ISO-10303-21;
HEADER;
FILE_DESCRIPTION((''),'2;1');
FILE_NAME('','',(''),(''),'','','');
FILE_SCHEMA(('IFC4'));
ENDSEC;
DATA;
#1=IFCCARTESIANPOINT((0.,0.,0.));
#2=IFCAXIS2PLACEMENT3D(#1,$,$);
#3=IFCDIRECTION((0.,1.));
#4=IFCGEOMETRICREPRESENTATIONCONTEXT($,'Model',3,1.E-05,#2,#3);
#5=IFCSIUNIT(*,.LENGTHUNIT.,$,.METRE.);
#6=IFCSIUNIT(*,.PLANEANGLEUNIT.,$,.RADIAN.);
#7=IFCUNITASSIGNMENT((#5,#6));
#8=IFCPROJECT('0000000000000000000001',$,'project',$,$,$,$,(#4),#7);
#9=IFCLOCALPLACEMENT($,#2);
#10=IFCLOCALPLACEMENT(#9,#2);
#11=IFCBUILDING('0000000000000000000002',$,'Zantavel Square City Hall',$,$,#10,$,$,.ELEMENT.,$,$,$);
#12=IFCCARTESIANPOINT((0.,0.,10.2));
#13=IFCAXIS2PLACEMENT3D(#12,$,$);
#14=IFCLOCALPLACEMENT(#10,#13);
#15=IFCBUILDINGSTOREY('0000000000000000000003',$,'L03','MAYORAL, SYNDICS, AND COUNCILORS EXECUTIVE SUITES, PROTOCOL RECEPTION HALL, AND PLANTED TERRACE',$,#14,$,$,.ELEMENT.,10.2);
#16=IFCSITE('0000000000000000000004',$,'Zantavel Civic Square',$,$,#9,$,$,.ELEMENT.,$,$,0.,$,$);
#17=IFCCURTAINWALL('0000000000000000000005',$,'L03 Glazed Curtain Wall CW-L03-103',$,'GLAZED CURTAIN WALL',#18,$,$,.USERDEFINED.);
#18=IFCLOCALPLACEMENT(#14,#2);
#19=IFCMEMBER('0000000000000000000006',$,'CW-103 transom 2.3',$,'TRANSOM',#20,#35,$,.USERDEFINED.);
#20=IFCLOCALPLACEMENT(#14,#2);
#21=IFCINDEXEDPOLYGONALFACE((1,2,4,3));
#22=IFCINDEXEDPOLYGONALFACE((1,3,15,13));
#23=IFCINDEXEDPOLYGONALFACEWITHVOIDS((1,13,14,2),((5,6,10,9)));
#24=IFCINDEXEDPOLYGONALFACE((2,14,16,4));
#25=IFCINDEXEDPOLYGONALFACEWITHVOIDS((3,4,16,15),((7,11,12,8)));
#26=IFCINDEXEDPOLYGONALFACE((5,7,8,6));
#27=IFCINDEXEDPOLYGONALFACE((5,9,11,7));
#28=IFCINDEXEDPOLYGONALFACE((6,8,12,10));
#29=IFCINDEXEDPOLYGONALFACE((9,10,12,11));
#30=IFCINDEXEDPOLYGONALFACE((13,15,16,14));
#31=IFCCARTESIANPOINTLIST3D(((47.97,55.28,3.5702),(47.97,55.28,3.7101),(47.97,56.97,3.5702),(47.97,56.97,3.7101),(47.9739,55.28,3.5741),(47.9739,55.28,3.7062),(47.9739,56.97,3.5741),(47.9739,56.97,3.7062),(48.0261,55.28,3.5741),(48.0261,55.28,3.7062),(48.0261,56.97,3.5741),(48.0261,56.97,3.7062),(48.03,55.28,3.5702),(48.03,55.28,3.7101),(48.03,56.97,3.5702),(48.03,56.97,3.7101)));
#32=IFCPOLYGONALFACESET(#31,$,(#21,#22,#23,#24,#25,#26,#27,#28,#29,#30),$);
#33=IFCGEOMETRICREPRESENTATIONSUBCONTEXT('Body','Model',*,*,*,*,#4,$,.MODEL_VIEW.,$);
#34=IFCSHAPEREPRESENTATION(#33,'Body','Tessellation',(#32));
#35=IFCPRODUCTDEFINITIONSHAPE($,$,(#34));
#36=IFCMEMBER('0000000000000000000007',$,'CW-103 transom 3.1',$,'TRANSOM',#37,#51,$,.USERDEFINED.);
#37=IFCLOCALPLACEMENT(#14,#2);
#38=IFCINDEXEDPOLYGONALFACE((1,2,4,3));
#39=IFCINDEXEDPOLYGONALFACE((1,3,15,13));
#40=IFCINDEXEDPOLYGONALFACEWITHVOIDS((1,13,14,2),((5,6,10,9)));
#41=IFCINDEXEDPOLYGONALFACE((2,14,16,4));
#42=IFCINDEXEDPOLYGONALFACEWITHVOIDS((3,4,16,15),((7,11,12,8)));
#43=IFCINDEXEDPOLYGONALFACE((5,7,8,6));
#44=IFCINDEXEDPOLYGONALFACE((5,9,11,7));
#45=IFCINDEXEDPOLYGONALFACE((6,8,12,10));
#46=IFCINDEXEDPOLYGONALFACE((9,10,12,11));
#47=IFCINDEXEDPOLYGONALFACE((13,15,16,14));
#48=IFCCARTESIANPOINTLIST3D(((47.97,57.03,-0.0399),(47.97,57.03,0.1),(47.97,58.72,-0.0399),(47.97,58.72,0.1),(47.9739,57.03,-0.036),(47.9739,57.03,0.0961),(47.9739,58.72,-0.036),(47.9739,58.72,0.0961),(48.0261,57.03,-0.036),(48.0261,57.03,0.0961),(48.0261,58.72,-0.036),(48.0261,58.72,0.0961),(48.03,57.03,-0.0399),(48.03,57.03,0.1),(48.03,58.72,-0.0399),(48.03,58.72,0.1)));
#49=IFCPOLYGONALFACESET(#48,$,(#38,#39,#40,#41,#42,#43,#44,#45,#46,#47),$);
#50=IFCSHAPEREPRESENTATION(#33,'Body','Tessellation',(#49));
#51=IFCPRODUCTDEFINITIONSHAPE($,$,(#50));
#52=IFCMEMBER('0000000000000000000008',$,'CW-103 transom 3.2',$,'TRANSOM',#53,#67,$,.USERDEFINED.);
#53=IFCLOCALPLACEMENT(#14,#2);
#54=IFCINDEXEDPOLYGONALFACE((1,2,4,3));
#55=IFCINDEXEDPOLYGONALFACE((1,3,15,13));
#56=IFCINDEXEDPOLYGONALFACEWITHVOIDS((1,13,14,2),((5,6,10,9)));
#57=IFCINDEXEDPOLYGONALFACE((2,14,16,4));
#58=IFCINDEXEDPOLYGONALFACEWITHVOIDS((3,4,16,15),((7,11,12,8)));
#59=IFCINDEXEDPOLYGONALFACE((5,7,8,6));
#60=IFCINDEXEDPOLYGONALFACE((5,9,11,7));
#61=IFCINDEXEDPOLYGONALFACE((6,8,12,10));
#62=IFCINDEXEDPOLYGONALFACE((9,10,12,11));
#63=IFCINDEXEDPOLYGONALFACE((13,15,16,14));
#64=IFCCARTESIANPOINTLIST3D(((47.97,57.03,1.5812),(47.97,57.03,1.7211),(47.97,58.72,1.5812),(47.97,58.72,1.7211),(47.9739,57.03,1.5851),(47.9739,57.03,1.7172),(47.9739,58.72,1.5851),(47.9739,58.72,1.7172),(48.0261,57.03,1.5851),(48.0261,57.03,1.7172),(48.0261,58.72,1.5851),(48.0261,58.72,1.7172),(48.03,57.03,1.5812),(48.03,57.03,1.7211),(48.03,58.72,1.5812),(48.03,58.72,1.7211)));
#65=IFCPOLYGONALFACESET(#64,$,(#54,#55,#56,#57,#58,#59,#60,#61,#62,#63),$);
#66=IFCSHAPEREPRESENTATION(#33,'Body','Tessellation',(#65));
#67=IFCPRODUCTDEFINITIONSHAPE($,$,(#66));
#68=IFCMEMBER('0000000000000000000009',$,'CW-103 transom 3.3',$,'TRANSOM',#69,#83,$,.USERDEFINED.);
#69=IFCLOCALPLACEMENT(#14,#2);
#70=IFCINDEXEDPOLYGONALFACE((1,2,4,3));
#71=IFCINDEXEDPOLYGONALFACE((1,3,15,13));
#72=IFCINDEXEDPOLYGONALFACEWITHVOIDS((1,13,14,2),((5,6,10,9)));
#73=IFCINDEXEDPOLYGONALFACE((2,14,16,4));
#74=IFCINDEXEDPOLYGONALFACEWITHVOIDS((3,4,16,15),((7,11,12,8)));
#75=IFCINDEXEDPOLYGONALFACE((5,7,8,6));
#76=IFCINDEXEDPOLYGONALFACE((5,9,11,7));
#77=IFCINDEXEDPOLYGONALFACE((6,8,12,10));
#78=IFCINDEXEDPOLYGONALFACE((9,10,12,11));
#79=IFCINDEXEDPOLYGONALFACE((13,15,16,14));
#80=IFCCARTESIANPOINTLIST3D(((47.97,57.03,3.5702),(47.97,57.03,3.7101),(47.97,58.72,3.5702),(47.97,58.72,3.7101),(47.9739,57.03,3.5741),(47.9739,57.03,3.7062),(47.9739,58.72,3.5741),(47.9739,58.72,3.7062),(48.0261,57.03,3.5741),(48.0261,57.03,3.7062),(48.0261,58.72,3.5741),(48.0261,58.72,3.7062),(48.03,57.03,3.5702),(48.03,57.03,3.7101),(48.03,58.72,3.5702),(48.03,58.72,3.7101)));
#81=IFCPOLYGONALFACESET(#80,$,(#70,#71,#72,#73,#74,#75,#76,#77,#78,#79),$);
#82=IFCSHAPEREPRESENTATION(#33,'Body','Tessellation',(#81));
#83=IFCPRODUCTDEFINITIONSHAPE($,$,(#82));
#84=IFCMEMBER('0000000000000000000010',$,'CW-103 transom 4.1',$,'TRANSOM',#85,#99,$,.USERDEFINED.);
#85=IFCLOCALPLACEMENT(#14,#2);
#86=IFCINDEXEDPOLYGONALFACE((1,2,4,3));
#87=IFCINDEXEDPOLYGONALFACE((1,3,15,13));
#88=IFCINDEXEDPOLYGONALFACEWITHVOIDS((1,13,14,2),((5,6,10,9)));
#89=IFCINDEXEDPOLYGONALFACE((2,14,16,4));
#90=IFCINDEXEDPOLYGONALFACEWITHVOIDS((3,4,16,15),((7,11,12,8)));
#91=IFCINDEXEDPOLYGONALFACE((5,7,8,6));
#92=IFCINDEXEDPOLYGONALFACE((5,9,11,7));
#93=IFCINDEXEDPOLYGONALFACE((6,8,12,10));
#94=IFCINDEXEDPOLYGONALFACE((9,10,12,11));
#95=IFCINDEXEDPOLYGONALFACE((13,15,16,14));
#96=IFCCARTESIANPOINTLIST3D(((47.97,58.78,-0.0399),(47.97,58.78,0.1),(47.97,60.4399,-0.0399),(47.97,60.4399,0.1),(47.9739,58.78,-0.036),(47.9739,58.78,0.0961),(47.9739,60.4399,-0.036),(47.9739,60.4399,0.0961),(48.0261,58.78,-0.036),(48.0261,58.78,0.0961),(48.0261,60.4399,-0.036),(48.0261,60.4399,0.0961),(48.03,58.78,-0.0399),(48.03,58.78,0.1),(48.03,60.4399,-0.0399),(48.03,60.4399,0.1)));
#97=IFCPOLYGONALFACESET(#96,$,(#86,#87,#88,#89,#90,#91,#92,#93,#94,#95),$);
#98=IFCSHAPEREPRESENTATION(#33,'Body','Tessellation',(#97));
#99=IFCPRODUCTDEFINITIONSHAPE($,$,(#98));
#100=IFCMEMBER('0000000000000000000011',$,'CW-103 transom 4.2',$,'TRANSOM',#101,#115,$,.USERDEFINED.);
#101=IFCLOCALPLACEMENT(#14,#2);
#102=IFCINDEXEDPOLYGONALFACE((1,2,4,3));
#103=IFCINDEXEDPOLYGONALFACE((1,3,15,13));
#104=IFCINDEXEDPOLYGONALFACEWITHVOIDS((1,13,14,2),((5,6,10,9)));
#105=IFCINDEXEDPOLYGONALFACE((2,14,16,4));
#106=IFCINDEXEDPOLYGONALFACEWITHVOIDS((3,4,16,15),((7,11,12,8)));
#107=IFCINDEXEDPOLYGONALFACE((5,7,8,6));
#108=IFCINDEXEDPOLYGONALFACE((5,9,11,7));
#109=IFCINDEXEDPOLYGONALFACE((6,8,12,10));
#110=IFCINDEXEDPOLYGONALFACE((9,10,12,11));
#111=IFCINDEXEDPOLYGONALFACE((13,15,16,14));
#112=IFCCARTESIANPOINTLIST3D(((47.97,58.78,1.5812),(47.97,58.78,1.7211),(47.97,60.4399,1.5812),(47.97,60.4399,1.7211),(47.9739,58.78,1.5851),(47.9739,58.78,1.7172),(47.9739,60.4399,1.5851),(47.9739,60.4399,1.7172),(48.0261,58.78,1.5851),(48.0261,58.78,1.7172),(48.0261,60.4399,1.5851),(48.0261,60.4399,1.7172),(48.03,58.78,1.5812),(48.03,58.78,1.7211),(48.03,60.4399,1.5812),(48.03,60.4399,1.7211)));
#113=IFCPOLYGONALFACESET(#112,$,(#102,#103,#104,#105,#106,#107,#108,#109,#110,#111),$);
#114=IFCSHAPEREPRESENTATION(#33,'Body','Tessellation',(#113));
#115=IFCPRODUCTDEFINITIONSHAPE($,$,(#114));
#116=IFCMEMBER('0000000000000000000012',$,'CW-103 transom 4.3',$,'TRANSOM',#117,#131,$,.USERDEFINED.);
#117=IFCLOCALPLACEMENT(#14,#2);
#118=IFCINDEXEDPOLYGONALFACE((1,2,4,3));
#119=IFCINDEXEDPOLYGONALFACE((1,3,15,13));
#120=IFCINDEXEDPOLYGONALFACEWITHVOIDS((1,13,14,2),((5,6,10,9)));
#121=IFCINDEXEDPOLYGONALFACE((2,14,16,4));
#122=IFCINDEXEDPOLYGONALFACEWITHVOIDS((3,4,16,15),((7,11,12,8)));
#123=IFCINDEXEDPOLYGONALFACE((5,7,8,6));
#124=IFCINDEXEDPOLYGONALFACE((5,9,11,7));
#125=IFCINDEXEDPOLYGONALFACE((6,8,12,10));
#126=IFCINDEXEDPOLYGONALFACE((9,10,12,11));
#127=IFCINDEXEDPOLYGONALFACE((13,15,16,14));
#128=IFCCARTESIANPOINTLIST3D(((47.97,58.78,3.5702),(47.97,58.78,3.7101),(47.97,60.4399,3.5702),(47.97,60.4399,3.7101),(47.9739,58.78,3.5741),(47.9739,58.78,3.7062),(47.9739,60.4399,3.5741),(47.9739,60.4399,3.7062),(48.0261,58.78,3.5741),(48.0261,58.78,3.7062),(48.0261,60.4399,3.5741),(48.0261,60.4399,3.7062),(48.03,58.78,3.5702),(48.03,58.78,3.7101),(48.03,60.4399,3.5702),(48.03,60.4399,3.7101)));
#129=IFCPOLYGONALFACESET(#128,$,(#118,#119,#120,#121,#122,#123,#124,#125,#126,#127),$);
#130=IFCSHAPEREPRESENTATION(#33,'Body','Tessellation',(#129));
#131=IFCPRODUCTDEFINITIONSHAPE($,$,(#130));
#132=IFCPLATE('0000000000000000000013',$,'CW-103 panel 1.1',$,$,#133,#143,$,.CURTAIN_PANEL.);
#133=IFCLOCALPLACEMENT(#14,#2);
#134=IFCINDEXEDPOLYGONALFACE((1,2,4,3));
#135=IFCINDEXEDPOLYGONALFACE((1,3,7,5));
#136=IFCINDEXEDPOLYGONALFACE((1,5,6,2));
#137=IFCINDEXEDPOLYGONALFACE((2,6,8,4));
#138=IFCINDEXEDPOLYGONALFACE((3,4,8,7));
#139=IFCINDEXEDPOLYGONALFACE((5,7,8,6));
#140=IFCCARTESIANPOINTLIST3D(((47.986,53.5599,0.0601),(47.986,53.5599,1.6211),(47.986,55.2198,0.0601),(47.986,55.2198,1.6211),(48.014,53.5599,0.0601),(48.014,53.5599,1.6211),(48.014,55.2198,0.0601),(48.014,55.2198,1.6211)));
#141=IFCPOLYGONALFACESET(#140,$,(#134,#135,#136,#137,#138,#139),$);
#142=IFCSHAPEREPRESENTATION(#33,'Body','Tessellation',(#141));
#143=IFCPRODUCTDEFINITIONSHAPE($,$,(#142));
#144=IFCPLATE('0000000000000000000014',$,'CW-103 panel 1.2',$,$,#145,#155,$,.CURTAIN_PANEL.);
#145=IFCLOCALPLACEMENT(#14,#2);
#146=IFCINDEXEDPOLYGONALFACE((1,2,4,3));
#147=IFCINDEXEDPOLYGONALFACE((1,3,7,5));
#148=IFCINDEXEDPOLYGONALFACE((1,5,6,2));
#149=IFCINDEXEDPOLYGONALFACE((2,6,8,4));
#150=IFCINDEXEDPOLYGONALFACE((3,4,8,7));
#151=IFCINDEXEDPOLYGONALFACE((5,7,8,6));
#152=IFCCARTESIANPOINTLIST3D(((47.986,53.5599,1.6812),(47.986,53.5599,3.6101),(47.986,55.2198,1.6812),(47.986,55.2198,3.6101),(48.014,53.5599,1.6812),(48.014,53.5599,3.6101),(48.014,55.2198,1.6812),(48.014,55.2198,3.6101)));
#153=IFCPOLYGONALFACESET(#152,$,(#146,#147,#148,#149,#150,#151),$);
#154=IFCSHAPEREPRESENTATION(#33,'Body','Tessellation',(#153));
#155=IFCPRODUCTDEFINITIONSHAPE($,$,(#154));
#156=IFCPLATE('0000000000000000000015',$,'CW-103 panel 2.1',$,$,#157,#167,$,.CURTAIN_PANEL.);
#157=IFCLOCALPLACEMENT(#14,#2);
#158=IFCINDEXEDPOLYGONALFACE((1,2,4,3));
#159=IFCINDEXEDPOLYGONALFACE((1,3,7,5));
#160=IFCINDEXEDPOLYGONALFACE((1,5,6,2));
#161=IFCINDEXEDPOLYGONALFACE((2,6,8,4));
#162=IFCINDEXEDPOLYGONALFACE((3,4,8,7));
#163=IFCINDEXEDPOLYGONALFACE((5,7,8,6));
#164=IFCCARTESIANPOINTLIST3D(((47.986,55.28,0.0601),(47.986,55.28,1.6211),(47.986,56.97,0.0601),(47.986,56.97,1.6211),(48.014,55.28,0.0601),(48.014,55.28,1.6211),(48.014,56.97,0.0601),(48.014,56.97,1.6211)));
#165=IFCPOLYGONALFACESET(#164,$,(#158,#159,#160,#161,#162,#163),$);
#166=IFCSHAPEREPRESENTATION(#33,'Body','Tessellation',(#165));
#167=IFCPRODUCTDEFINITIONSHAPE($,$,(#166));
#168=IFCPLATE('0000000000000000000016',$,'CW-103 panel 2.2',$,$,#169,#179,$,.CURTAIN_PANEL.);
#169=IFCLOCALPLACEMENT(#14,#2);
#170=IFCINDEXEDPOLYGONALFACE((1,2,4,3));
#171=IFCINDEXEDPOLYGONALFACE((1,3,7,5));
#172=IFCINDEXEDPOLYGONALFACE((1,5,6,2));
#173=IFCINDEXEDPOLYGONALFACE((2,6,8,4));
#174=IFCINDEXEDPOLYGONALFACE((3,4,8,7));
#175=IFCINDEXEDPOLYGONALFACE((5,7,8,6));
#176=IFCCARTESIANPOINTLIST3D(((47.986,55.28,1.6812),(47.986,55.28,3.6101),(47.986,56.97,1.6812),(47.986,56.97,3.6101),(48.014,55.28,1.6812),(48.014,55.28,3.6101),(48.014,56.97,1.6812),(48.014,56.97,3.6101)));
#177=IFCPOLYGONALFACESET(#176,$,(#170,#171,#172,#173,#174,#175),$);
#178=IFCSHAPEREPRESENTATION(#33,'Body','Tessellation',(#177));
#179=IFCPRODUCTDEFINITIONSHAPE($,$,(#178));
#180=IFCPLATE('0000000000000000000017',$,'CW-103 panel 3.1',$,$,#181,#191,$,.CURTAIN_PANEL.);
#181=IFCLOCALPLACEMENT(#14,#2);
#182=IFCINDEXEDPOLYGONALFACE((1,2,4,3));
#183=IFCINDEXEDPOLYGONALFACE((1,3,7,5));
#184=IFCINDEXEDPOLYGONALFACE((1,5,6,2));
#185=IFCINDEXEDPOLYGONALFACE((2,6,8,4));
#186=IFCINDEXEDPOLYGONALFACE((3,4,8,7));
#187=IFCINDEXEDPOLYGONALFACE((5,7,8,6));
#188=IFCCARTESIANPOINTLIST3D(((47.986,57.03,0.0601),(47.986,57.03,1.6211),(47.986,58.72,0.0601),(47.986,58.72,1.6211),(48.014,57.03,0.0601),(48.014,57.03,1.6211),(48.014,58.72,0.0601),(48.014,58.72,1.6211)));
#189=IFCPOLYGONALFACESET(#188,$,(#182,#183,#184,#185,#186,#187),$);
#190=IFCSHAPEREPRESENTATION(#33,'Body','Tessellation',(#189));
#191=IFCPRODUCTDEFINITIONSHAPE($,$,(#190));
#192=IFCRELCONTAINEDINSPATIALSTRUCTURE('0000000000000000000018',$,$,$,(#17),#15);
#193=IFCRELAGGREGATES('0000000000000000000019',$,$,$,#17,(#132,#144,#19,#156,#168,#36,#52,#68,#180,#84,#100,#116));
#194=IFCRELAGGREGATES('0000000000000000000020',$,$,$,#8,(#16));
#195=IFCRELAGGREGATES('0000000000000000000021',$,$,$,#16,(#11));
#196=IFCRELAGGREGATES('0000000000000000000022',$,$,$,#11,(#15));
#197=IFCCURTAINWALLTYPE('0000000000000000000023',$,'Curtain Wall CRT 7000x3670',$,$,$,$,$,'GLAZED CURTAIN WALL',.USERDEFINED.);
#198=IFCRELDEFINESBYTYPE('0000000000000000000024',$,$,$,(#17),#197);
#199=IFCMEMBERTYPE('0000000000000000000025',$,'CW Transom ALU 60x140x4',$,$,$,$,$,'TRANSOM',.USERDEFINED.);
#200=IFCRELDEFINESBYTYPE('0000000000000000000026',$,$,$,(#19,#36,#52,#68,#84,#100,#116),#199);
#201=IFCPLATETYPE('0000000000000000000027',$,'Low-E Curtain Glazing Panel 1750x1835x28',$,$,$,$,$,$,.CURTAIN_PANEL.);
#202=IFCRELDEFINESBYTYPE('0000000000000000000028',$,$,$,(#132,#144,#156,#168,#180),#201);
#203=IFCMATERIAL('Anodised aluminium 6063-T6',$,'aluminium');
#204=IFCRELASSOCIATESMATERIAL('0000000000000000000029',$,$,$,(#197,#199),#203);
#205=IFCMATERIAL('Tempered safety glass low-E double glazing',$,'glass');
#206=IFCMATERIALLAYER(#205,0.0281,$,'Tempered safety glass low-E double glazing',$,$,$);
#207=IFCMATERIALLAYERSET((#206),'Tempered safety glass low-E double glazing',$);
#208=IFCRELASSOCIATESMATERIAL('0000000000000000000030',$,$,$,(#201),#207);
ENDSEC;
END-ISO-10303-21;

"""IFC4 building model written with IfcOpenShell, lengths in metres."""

from ifc_helpers import new_model, si_unit, direction, frame, origin, origin_2d, place, context, subcontext, project, spatial, rectangle, hollow_rectangle, extrude, material, layer, layer_set, material_profile, profile_set, type_object, element, aggregate, save


model = new_model("IFC4")

# Units and contexts
model_context = context("Model", 3, precision=1e-05, world=origin(), true_north=direction((0.0, 1.0)))
body_context = subcontext(model_context, "Body", "Model", "MODEL_VIEW")
ifc_project = project(units=[si_unit("LENGTHUNIT", "METRE"), si_unit("PLANEANGLEUNIT", "RADIAN")], contexts=[model_context])

# Site, building, storey
site_placement = place(None, origin())
site = spatial("IfcSite", under=ifc_project, at=site_placement, Name="Zantavel Civic Square", CompositionType="ELEMENT", RefElevation=0.0)
building_placement = place(site_placement, origin())
building = spatial("IfcBuilding", under=site, at=building_placement, Name="Zantavel Square City Hall", CompositionType="ELEMENT")
storey_placement = place(building_placement, frame((0.0, 0.0, 10.2)))
storey = spatial("IfcBuildingStorey", under=building, at=storey_placement, Name="L03", Description="MAYORAL, SYNDICS, AND COUNCILORS EXECUTIVE SUITES, PROTOCOL RECEPTION HALL, AND PLANTED TERRACE", CompositionType="ELEMENT", Elevation=10.2)

# Curtain wall, members, plates
ifc_material_1 = material(Name="Anodised aluminium 6063-T6", Category="aluminium")
curtain_wall_type = type_object("IfcCurtainWallType", Name="Curtain Wall CRT 7000x3670", ElementType="GLAZED CURTAIN WALL", PredefinedType="USERDEFINED", material=ifc_material_1)
curtain_wall_placement = place(storey_placement, origin())
curtain_wall = element("IfcCurtainWall", 1, at=curtain_wall_placement, inside=storey, type_object=curtain_wall_type, Name="L03 Glazed Curtain Wall CW-L03-103", ObjectType="GLAZED CURTAIN WALL", PredefinedType="USERDEFINED")
ifc_material_profile_1 = material_profile(ifc_material_1, hollow_rectangle(XDim=0.0601, YDim=0.1399, WallThickness=0.0039, at=origin_2d()), Name="ALU 60x140x4")
ifc_profile_set_1 = profile_set([ifc_material_profile_1], Name="Anodised aluminium 6063-T6")
member_type_1 = type_object("IfcMemberType", Name="CW Transom ALU 60x140x4", ElementType="TRANSOM", PredefinedType="USERDEFINED", material=ifc_profile_set_1)
member_1_placement = place(storey_placement, frame((48.0, 55.28, 3.6401), z_axis=(0.0, 1.0, 0.0), x_axis=(-1.0, 0.0, 0.0)))
member_1 = element("IfcMember", 2, at=member_1_placement, type_object=member_type_1, Name="CW-103 transom 2.3", ObjectType="TRANSOM", PredefinedType="USERDEFINED", context=body_context, shape_type="SweptSolid", body=[
    extrude(hollow_rectangle(XDim=0.0601, YDim=0.1399, WallThickness=0.0039, at=origin_2d()), origin(), (0.0, 0.0, 1.0), 1.6899),
])
member_2_placement = place(storey_placement, frame((48.0, 57.03, 0.03), z_axis=(0.0, 1.0, 0.0), x_axis=(-1.0, 0.0, 0.0)))
member_2 = element("IfcMember", 3, at=member_2_placement, type_object=member_type_1, Name="CW-103 transom 3.1", ObjectType="TRANSOM", PredefinedType="USERDEFINED", context=body_context, shape_type="SweptSolid", body=[
    extrude(hollow_rectangle(XDim=0.0601, YDim=0.1399, WallThickness=0.0039, at=origin_2d()), origin(), (0.0, 0.0, 1.0), 1.6899),
])
member_3_placement = place(storey_placement, frame((48.0, 57.03, 1.6511), z_axis=(0.0, 1.0, 0.0), x_axis=(-1.0, 0.0, 0.0)))
member_3 = element("IfcMember", 4, at=member_3_placement, type_object=member_type_1, Name="CW-103 transom 3.2", ObjectType="TRANSOM", PredefinedType="USERDEFINED", context=body_context, shape_type="SweptSolid", body=[
    extrude(hollow_rectangle(XDim=0.0601, YDim=0.1399, WallThickness=0.0039, at=origin_2d()), origin(), (0.0, 0.0, 1.0), 1.6899),
])
member_4_placement = place(storey_placement, frame((48.0, 57.03, 3.6401), z_axis=(0.0, 1.0, 0.0), x_axis=(-1.0, 0.0, 0.0)))
member_4 = element("IfcMember", 5, at=member_4_placement, type_object=member_type_1, Name="CW-103 transom 3.3", ObjectType="TRANSOM", PredefinedType="USERDEFINED", context=body_context, shape_type="SweptSolid", body=[
    extrude(hollow_rectangle(XDim=0.0601, YDim=0.1399, WallThickness=0.0039, at=origin_2d()), origin(), (0.0, 0.0, 1.0), 1.6899),
])
member_5_placement = place(storey_placement, frame((48.0, 58.78, 0.03), z_axis=(0.0, 1.0, 0.0), x_axis=(-1.0, 0.0, 0.0)))
member_5 = element("IfcMember", 6, at=member_5_placement, type_object=member_type_1, Name="CW-103 transom 4.1", ObjectType="TRANSOM", PredefinedType="USERDEFINED", context=body_context, shape_type="SweptSolid", body=[
    extrude(hollow_rectangle(XDim=0.0601, YDim=0.1399, WallThickness=0.0039, at=origin_2d()), origin(), (0.0, 0.0, 1.0), 1.6599),
])
member_6_placement = place(storey_placement, frame((48.0, 58.78, 1.6511), z_axis=(0.0, 1.0, 0.0), x_axis=(-1.0, 0.0, 0.0)))
member_6 = element("IfcMember", 7, at=member_6_placement, type_object=member_type_1, Name="CW-103 transom 4.2", ObjectType="TRANSOM", PredefinedType="USERDEFINED", context=body_context, shape_type="SweptSolid", body=[
    extrude(hollow_rectangle(XDim=0.0601, YDim=0.1399, WallThickness=0.0039, at=origin_2d()), origin(), (0.0, 0.0, 1.0), 1.6599),
])
member_7_placement = place(storey_placement, frame((48.0, 58.78, 3.6401), z_axis=(0.0, 1.0, 0.0), x_axis=(-1.0, 0.0, 0.0)))
member_7 = element("IfcMember", 8, at=member_7_placement, type_object=member_type_1, Name="CW-103 transom 4.3", ObjectType="TRANSOM", PredefinedType="USERDEFINED", context=body_context, shape_type="SweptSolid", body=[
    extrude(hollow_rectangle(XDim=0.0601, YDim=0.1399, WallThickness=0.0039, at=origin_2d()), origin(), (0.0, 0.0, 1.0), 1.6599),
])
ifc_material_2 = material(Name="Tempered safety glass low-E double glazing", Category="glass")
ifc_layer = layer(ifc_material_2, 0.0281, Name="Tempered safety glass low-E double glazing")
ifc_layer_set = layer_set([ifc_layer], Name="Tempered safety glass low-E double glazing")
plate_type = type_object("IfcPlateType", Name="Low-E Curtain Glazing Panel 1750x1835x28", PredefinedType="CURTAIN_PANEL", material=ifc_layer_set)
plate_1_placement = place(storey_placement, frame((48.0, 54.3899, 0.0601), z_axis=(0.0, 0.0, 1.0), x_axis=(0.0, 1.0, 0.0)))
plate_1 = element("IfcPlate", 9, at=plate_1_placement, type_object=plate_type, Name="CW-103 panel 1.1", PredefinedType="CURTAIN_PANEL", context=body_context, shape_type="SweptSolid", body=[
    extrude(rectangle(XDim=1.6599, YDim=0.0281, at=origin_2d()), origin(), (0.0, 0.0, 1.0), 1.561),
])
plate_2_placement = place(storey_placement, frame((48.0, 54.3899, 1.6812), z_axis=(0.0, 0.0, 1.0), x_axis=(0.0, 1.0, 0.0)))
plate_2 = element("IfcPlate", 10, at=plate_2_placement, type_object=plate_type, Name="CW-103 panel 1.2", PredefinedType="CURTAIN_PANEL", context=body_context, shape_type="SweptSolid", body=[
    extrude(rectangle(XDim=1.6599, YDim=0.0281, at=origin_2d()), origin(), (0.0, 0.0, 1.0), 1.929),
])
plate_3_placement = place(storey_placement, frame((48.0, 56.125, 0.0601), z_axis=(0.0, 0.0, 1.0), x_axis=(0.0, 1.0, 0.0)))
plate_3 = element("IfcPlate", 11, at=plate_3_placement, type_object=plate_type, Name="CW-103 panel 2.1", PredefinedType="CURTAIN_PANEL", context=body_context, shape_type="SweptSolid", body=[
    extrude(rectangle(XDim=1.6899, YDim=0.0281, at=origin_2d()), origin(), (0.0, 0.0, 1.0), 1.561),
])
plate_4_placement = place(storey_placement, frame((48.0, 56.125, 1.6812), z_axis=(0.0, 0.0, 1.0), x_axis=(0.0, 1.0, 0.0)))
plate_4 = element("IfcPlate", 12, at=plate_4_placement, type_object=plate_type, Name="CW-103 panel 2.2", PredefinedType="CURTAIN_PANEL", context=body_context, shape_type="SweptSolid", body=[
    extrude(rectangle(XDim=1.6899, YDim=0.0281, at=origin_2d()), origin(), (0.0, 0.0, 1.0), 1.929),
])
plate_5_placement = place(storey_placement, frame((48.0, 57.875, 0.0601), z_axis=(0.0, 0.0, 1.0), x_axis=(0.0, 1.0, 0.0)))
plate_5 = element("IfcPlate", 13, at=plate_5_placement, type_object=plate_type, Name="CW-103 panel 3.1", PredefinedType="CURTAIN_PANEL", context=body_context, shape_type="SweptSolid", body=[
    extrude(rectangle(XDim=1.6899, YDim=0.0281, at=origin_2d()), origin(), (0.0, 0.0, 1.0), 1.561),
])
aggregate(curtain_wall, [plate_1, plate_2, member_1, plate_3, plate_4, member_2, member_3, member_4, plate_5, member_5, member_6, member_7])

save(model, "model.ifc")
